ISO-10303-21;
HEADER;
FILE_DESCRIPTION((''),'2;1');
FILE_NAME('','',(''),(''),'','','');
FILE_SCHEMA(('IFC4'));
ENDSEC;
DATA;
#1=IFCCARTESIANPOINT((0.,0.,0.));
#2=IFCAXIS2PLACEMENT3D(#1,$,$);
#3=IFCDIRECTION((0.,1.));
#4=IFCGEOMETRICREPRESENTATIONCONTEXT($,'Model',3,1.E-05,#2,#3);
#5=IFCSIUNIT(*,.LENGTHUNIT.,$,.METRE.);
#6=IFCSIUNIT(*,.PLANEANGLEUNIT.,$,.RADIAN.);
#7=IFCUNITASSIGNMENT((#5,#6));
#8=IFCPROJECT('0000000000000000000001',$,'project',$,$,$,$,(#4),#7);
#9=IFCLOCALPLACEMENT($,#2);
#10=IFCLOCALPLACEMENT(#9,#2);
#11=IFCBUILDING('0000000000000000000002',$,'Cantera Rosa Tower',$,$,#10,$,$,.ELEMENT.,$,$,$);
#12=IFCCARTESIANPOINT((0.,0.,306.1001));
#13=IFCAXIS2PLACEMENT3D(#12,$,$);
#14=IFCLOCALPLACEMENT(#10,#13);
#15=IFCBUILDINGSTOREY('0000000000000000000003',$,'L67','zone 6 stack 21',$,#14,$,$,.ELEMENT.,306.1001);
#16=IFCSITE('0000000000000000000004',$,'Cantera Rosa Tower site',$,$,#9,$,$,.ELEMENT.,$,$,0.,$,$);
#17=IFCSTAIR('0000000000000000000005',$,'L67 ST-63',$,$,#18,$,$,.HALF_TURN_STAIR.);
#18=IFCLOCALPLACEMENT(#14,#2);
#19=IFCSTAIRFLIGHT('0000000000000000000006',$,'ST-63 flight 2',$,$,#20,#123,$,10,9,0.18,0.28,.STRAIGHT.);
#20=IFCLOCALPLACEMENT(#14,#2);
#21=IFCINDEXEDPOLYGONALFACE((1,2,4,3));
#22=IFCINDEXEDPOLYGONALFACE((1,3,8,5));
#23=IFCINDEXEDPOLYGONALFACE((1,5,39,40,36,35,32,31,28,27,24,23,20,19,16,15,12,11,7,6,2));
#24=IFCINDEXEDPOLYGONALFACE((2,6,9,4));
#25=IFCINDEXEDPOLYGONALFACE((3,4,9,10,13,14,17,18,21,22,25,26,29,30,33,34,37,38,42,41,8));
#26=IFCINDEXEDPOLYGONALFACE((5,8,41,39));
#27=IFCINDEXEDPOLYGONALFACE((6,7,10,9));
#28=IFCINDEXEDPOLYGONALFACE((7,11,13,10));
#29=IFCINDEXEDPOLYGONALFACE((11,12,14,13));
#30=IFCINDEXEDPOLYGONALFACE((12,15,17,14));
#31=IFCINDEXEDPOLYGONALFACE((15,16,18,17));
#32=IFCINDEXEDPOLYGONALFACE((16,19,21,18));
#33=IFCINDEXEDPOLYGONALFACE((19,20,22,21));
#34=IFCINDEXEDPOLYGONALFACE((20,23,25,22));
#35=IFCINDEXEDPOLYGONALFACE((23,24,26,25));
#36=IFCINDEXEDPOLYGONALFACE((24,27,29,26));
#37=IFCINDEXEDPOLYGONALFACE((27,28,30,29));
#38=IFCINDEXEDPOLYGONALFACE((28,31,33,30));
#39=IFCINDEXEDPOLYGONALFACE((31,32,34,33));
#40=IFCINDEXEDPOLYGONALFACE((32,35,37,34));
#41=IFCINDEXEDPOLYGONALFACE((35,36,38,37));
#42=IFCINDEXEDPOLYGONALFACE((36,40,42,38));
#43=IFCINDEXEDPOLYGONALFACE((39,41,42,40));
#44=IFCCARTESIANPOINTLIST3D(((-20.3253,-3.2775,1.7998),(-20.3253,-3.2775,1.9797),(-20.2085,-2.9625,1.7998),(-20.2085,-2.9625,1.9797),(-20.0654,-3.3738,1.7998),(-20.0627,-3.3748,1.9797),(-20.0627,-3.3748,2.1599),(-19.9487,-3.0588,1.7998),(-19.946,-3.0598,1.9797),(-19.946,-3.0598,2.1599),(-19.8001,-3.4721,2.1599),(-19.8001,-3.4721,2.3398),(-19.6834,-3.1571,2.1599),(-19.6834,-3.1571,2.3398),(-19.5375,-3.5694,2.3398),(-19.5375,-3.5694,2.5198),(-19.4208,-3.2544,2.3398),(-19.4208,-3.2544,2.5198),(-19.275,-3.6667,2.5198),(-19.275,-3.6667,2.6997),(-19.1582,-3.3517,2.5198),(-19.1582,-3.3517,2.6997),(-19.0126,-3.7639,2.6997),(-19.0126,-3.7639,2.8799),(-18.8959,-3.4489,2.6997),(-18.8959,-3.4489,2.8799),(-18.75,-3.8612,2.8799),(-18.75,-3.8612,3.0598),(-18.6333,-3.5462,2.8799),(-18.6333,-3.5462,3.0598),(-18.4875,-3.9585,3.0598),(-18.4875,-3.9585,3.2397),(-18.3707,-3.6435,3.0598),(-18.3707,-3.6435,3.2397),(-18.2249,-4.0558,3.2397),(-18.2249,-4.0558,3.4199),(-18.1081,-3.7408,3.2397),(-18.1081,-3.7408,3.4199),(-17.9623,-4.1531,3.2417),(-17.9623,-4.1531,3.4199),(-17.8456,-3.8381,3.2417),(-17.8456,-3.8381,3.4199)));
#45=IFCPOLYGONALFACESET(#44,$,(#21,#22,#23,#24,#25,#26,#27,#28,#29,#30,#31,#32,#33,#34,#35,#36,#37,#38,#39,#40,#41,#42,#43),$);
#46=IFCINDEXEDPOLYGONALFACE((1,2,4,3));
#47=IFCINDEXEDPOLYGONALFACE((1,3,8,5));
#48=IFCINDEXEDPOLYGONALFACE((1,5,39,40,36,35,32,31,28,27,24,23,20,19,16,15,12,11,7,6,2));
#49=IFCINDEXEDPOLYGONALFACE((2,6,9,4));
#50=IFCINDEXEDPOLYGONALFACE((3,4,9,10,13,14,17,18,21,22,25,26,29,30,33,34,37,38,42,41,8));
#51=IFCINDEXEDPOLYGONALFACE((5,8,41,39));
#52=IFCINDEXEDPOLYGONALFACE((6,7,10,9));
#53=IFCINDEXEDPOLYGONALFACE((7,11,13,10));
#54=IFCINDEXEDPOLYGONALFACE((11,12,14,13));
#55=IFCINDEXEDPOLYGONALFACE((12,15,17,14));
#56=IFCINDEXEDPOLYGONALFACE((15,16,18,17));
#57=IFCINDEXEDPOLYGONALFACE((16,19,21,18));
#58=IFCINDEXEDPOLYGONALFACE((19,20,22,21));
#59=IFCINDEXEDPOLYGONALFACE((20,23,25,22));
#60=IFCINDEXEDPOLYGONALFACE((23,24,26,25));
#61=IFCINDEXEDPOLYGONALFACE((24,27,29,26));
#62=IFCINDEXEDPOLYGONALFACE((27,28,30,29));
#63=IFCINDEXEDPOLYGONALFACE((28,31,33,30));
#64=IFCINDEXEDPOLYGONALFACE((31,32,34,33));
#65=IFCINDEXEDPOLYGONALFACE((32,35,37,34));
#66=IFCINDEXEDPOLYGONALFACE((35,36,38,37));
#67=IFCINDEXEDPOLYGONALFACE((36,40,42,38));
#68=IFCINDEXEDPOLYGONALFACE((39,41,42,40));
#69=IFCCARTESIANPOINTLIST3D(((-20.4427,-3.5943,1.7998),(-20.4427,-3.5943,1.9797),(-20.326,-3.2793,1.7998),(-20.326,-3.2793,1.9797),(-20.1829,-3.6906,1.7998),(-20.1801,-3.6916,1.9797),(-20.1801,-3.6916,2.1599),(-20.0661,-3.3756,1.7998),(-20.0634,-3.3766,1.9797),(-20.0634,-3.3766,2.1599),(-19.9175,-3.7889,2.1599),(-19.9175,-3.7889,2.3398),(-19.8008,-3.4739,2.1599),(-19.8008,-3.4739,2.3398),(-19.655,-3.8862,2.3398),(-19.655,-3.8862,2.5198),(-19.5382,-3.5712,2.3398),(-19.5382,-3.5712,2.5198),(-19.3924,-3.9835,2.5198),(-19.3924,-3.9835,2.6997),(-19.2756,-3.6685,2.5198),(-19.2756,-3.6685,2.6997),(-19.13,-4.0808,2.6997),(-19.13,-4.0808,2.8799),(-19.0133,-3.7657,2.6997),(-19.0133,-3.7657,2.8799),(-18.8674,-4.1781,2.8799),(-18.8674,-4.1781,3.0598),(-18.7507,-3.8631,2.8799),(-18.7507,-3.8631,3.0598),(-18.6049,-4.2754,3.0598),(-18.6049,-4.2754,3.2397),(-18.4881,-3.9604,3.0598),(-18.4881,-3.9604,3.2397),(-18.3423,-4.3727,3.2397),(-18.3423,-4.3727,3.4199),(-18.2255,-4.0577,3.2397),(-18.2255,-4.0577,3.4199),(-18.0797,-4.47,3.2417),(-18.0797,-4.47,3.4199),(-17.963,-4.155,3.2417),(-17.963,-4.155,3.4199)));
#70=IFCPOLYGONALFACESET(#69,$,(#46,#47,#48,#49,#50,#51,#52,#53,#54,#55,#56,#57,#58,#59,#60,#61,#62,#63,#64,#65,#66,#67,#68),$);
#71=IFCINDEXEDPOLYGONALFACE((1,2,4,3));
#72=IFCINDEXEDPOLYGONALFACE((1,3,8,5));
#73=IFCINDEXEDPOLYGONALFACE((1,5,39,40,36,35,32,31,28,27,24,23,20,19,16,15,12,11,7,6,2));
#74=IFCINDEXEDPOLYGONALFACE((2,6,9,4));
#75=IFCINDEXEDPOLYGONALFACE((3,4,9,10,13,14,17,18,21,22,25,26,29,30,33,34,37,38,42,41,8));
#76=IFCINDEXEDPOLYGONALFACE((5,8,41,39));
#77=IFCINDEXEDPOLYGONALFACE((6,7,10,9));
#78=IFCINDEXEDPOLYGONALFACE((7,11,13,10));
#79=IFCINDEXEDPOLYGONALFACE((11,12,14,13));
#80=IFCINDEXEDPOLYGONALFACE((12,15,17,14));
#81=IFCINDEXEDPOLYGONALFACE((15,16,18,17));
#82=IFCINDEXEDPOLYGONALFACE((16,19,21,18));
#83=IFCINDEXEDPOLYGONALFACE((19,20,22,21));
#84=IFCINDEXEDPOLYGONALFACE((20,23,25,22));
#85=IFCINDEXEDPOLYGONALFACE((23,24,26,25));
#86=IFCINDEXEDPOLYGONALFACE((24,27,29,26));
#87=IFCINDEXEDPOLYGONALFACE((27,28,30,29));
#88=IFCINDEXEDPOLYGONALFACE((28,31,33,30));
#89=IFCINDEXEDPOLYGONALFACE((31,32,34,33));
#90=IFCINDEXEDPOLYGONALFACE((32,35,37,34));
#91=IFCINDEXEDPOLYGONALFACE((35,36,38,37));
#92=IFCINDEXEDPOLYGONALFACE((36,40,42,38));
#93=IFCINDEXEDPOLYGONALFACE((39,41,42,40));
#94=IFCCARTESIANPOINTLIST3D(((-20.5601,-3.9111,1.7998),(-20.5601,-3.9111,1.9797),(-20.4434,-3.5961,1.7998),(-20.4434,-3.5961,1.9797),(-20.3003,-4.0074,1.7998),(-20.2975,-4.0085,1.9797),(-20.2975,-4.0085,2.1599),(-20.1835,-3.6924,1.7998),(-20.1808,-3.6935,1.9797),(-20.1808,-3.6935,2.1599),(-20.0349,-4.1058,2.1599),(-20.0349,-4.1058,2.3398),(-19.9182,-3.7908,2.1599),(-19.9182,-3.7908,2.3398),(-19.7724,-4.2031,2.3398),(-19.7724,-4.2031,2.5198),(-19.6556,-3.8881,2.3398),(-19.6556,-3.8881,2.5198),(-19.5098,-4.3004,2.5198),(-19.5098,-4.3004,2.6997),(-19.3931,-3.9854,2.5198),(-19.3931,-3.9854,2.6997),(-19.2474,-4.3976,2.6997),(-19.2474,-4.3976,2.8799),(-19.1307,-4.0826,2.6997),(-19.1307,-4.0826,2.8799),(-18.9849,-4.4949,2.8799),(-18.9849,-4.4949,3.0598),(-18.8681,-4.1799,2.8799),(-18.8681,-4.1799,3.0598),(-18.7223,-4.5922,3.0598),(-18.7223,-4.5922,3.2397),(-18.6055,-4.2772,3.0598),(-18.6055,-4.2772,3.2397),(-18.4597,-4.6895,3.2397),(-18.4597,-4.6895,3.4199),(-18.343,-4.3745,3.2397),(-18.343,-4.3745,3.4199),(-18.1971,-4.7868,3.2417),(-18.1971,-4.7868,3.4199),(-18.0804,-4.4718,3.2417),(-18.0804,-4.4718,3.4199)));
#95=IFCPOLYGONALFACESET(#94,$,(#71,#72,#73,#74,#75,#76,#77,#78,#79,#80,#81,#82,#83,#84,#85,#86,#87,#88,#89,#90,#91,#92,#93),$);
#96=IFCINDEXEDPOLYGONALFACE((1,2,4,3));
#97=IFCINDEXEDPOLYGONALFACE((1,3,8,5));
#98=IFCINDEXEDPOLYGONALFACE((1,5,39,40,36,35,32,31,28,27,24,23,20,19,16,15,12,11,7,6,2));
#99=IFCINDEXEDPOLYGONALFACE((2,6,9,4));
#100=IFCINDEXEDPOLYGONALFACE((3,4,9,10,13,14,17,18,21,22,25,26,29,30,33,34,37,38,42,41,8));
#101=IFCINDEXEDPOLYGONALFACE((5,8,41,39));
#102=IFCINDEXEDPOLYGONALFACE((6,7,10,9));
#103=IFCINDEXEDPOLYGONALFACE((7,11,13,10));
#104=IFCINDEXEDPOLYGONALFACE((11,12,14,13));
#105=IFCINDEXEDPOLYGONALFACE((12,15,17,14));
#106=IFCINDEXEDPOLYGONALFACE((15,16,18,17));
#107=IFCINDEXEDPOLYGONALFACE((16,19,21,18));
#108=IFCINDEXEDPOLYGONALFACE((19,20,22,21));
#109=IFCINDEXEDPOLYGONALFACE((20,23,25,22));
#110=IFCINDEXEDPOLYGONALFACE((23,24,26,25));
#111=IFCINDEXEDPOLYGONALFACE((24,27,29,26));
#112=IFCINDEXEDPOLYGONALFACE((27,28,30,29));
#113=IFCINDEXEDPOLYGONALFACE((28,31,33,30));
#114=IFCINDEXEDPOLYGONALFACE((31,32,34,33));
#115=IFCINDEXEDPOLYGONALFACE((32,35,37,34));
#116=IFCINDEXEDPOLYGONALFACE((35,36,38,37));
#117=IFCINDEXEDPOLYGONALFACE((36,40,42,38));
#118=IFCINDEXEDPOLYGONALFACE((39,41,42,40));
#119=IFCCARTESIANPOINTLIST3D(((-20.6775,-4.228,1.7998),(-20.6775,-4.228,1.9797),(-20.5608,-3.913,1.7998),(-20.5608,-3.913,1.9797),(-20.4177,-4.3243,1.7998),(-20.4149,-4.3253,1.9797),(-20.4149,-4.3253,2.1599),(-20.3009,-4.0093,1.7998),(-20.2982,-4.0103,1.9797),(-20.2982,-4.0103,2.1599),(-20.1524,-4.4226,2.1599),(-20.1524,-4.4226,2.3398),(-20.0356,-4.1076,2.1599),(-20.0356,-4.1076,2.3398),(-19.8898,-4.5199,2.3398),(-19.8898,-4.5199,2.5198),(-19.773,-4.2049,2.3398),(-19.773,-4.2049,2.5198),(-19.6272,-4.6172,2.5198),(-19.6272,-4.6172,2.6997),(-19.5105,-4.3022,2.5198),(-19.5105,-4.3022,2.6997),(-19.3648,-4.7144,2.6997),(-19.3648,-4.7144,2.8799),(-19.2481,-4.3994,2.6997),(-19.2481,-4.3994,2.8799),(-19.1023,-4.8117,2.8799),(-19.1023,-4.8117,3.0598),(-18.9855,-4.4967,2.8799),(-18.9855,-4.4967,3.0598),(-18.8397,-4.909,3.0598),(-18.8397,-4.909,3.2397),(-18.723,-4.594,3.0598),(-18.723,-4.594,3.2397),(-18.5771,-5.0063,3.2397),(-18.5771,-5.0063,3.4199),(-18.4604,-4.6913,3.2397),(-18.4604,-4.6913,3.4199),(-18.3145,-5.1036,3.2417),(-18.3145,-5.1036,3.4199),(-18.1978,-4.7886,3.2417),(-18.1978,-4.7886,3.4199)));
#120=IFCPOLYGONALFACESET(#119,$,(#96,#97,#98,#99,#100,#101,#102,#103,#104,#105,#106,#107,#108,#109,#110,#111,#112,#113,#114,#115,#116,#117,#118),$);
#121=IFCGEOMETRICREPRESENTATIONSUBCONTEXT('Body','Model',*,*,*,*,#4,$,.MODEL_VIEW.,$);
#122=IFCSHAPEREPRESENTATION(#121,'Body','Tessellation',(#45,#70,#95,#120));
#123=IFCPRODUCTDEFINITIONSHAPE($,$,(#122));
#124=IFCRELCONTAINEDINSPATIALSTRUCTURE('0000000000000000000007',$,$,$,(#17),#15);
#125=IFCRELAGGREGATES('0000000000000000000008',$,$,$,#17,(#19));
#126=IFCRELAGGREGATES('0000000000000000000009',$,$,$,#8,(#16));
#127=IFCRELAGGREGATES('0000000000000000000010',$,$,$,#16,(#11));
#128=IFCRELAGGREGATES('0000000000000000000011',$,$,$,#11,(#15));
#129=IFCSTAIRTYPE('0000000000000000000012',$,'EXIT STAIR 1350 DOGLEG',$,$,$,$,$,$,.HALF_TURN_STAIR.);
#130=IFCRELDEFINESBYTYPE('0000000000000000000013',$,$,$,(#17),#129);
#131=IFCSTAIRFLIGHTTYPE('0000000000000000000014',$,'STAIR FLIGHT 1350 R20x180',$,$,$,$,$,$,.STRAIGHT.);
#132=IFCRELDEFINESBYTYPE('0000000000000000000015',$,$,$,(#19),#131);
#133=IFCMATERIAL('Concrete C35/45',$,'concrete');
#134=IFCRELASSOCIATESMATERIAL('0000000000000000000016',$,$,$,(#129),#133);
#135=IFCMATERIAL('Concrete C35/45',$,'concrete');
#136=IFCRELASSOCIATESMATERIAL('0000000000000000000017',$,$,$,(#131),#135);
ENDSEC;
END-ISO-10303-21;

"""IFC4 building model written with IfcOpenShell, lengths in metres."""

from ifc_helpers import new_model, si_unit, direction, frame, origin, place, context, subcontext, project, spatial, polyline, outline, extrude, material, type_object, element, aggregate, save


model = new_model("IFC4")

# Units and contexts
model_context = context("Model", 3, precision=1e-05, world=origin(), true_north=direction((0.0, 1.0)))
body_context = subcontext(model_context, "Body", "Model", "MODEL_VIEW")
ifc_project = project(units=[si_unit("LENGTHUNIT", "METRE"), si_unit("PLANEANGLEUNIT", "RADIAN")], contexts=[model_context])

# Site, building, storey
site_placement = place(None, origin())
site = spatial("IfcSite", under=ifc_project, at=site_placement, Name="Cantera Rosa Tower site", CompositionType="ELEMENT", RefElevation=0.0)
building_placement = place(site_placement, origin())
building = spatial("IfcBuilding", under=site, at=building_placement, Name="Cantera Rosa Tower", CompositionType="ELEMENT")
storey_placement = place(building_placement, frame((0.0, 0.0, 306.1001)))
storey = spatial("IfcBuildingStorey", under=building, at=storey_placement, Name="L67", Description="zone 6 stack 21", CompositionType="ELEMENT", Elevation=306.1001)

# Stair, stair flight
ifc_material_1 = material(Name="Concrete C35/45", Category="concrete")
stair_type = type_object("IfcStairType", Name="EXIT STAIR 1350 DOGLEG", PredefinedType="HALF_TURN_STAIR", material=ifc_material_1)
stair_placement = place(storey_placement, origin())
stair = element("IfcStair", 1, at=stair_placement, inside=storey, type_object=stair_type, Name="L67 ST-63", PredefinedType="HALF_TURN_STAIR")
ifc_material_2 = material(Name="Concrete C35/45", Category="concrete")
stair_flight_type = type_object("IfcStairFlightType", Name="STAIR FLIGHT 1350 R20x180", PredefinedType="STRAIGHT", material=ifc_material_2)
stair_flight_1_placement = place(storey_placement, frame((-20.4431, -3.5955, 1.7998), z_axis=(0.0, 0.0, 1.0), x_axis=(0.937687, -0.347481, 0.0)))
stair_flight_1 = element("IfcStairFlight", 2, at=stair_flight_1_placement, type_object=stair_flight_type, Name="ST-63 flight 2", NumberOfRisers=10, NumberOfTreads=9, PredefinedType="STRAIGHT", RiserHeight=0.18, TreadLength=0.28, context=body_context, shape_type="SweptSolid", body=[
    extrude(outline(polyline([(0.0, 0.0), (0.0, 0.1799), (0.28, 0.1799), (0.28, 0.3601), (0.5601, 0.3601), (0.5601, 0.54), (0.8401, 0.54), (0.8401, 0.72), (1.1201, 0.72), (1.1201, 0.8999), (1.3999, 0.8999), (1.3999, 1.0801), (1.6799, 1.0801), (1.6799, 1.26), (1.96, 1.26), (1.96, 1.4399), (2.24, 1.4399), (2.24, 1.6201), (2.52, 1.6201), (2.52, 1.8), (2.52, 1.4419), (0.2771, 0.0), (0.0, 0.0)])), frame((0.0, 0.675, 0.0), z_axis=(0.0, -1.0, 0.0), x_axis=(1.0, 0.0, 0.0)), (0.0, 0.0, 1.0), 0.3359),
    extrude(outline(polyline([(0.0, 0.0), (0.0, 0.1799), (0.28, 0.1799), (0.28, 0.3601), (0.5601, 0.3601), (0.5601, 0.54), (0.8401, 0.54), (0.8401, 0.72), (1.1201, 0.72), (1.1201, 0.8999), (1.3999, 0.8999), (1.3999, 1.0801), (1.6799, 1.0801), (1.6799, 1.26), (1.96, 1.26), (1.96, 1.4399), (2.24, 1.4399), (2.24, 1.6201), (2.52, 1.6201), (2.52, 1.8), (2.52, 1.4419), (0.2771, 0.0), (0.0, 0.0)])), frame((0.0, 0.3372, 0.0), z_axis=(0.0, -1.0, 0.0), x_axis=(1.0, 0.0, 0.0)), (0.0, 0.0, 1.0), 0.3359),
    extrude(outline(polyline([(0.0, 0.0), (0.0, 0.1799), (0.28, 0.1799), (0.28, 0.3601), (0.5601, 0.3601), (0.5601, 0.54), (0.8401, 0.54), (0.8401, 0.72), (1.1201, 0.72), (1.1201, 0.8999), (1.3999, 0.8999), (1.3999, 1.0801), (1.6799, 1.0801), (1.6799, 1.26), (1.96, 1.26), (1.96, 1.4399), (2.24, 1.4399), (2.24, 1.6201), (2.52, 1.6201), (2.52, 1.8), (2.52, 1.4419), (0.2771, 0.0), (0.0, 0.0)])), frame((0.0, -0.0007, 0.0), z_axis=(0.0, -1.0, 0.0), x_axis=(1.0, 0.0, 0.0)), (0.0, 0.0, 1.0), 0.3359),
    extrude(outline(polyline([(0.0, 0.0), (0.0, 0.1799), (0.28, 0.1799), (0.28, 0.3601), (0.5601, 0.3601), (0.5601, 0.54), (0.8401, 0.54), (0.8401, 0.72), (1.1201, 0.72), (1.1201, 0.8999), (1.3999, 0.8999), (1.3999, 1.0801), (1.6799, 1.0801), (1.6799, 1.26), (1.96, 1.26), (1.96, 1.4399), (2.24, 1.4399), (2.24, 1.6201), (2.52, 1.6201), (2.52, 1.8), (2.52, 1.4419), (0.2771, 0.0), (0.0, 0.0)])), frame((0.0, -0.3386, 0.0), z_axis=(0.0, -1.0, 0.0), x_axis=(1.0, 0.0, 0.0)), (0.0, 0.0, 1.0), 0.3359),
])
aggregate(stair, [stair_flight_1])

save(model, "model.ifc")
